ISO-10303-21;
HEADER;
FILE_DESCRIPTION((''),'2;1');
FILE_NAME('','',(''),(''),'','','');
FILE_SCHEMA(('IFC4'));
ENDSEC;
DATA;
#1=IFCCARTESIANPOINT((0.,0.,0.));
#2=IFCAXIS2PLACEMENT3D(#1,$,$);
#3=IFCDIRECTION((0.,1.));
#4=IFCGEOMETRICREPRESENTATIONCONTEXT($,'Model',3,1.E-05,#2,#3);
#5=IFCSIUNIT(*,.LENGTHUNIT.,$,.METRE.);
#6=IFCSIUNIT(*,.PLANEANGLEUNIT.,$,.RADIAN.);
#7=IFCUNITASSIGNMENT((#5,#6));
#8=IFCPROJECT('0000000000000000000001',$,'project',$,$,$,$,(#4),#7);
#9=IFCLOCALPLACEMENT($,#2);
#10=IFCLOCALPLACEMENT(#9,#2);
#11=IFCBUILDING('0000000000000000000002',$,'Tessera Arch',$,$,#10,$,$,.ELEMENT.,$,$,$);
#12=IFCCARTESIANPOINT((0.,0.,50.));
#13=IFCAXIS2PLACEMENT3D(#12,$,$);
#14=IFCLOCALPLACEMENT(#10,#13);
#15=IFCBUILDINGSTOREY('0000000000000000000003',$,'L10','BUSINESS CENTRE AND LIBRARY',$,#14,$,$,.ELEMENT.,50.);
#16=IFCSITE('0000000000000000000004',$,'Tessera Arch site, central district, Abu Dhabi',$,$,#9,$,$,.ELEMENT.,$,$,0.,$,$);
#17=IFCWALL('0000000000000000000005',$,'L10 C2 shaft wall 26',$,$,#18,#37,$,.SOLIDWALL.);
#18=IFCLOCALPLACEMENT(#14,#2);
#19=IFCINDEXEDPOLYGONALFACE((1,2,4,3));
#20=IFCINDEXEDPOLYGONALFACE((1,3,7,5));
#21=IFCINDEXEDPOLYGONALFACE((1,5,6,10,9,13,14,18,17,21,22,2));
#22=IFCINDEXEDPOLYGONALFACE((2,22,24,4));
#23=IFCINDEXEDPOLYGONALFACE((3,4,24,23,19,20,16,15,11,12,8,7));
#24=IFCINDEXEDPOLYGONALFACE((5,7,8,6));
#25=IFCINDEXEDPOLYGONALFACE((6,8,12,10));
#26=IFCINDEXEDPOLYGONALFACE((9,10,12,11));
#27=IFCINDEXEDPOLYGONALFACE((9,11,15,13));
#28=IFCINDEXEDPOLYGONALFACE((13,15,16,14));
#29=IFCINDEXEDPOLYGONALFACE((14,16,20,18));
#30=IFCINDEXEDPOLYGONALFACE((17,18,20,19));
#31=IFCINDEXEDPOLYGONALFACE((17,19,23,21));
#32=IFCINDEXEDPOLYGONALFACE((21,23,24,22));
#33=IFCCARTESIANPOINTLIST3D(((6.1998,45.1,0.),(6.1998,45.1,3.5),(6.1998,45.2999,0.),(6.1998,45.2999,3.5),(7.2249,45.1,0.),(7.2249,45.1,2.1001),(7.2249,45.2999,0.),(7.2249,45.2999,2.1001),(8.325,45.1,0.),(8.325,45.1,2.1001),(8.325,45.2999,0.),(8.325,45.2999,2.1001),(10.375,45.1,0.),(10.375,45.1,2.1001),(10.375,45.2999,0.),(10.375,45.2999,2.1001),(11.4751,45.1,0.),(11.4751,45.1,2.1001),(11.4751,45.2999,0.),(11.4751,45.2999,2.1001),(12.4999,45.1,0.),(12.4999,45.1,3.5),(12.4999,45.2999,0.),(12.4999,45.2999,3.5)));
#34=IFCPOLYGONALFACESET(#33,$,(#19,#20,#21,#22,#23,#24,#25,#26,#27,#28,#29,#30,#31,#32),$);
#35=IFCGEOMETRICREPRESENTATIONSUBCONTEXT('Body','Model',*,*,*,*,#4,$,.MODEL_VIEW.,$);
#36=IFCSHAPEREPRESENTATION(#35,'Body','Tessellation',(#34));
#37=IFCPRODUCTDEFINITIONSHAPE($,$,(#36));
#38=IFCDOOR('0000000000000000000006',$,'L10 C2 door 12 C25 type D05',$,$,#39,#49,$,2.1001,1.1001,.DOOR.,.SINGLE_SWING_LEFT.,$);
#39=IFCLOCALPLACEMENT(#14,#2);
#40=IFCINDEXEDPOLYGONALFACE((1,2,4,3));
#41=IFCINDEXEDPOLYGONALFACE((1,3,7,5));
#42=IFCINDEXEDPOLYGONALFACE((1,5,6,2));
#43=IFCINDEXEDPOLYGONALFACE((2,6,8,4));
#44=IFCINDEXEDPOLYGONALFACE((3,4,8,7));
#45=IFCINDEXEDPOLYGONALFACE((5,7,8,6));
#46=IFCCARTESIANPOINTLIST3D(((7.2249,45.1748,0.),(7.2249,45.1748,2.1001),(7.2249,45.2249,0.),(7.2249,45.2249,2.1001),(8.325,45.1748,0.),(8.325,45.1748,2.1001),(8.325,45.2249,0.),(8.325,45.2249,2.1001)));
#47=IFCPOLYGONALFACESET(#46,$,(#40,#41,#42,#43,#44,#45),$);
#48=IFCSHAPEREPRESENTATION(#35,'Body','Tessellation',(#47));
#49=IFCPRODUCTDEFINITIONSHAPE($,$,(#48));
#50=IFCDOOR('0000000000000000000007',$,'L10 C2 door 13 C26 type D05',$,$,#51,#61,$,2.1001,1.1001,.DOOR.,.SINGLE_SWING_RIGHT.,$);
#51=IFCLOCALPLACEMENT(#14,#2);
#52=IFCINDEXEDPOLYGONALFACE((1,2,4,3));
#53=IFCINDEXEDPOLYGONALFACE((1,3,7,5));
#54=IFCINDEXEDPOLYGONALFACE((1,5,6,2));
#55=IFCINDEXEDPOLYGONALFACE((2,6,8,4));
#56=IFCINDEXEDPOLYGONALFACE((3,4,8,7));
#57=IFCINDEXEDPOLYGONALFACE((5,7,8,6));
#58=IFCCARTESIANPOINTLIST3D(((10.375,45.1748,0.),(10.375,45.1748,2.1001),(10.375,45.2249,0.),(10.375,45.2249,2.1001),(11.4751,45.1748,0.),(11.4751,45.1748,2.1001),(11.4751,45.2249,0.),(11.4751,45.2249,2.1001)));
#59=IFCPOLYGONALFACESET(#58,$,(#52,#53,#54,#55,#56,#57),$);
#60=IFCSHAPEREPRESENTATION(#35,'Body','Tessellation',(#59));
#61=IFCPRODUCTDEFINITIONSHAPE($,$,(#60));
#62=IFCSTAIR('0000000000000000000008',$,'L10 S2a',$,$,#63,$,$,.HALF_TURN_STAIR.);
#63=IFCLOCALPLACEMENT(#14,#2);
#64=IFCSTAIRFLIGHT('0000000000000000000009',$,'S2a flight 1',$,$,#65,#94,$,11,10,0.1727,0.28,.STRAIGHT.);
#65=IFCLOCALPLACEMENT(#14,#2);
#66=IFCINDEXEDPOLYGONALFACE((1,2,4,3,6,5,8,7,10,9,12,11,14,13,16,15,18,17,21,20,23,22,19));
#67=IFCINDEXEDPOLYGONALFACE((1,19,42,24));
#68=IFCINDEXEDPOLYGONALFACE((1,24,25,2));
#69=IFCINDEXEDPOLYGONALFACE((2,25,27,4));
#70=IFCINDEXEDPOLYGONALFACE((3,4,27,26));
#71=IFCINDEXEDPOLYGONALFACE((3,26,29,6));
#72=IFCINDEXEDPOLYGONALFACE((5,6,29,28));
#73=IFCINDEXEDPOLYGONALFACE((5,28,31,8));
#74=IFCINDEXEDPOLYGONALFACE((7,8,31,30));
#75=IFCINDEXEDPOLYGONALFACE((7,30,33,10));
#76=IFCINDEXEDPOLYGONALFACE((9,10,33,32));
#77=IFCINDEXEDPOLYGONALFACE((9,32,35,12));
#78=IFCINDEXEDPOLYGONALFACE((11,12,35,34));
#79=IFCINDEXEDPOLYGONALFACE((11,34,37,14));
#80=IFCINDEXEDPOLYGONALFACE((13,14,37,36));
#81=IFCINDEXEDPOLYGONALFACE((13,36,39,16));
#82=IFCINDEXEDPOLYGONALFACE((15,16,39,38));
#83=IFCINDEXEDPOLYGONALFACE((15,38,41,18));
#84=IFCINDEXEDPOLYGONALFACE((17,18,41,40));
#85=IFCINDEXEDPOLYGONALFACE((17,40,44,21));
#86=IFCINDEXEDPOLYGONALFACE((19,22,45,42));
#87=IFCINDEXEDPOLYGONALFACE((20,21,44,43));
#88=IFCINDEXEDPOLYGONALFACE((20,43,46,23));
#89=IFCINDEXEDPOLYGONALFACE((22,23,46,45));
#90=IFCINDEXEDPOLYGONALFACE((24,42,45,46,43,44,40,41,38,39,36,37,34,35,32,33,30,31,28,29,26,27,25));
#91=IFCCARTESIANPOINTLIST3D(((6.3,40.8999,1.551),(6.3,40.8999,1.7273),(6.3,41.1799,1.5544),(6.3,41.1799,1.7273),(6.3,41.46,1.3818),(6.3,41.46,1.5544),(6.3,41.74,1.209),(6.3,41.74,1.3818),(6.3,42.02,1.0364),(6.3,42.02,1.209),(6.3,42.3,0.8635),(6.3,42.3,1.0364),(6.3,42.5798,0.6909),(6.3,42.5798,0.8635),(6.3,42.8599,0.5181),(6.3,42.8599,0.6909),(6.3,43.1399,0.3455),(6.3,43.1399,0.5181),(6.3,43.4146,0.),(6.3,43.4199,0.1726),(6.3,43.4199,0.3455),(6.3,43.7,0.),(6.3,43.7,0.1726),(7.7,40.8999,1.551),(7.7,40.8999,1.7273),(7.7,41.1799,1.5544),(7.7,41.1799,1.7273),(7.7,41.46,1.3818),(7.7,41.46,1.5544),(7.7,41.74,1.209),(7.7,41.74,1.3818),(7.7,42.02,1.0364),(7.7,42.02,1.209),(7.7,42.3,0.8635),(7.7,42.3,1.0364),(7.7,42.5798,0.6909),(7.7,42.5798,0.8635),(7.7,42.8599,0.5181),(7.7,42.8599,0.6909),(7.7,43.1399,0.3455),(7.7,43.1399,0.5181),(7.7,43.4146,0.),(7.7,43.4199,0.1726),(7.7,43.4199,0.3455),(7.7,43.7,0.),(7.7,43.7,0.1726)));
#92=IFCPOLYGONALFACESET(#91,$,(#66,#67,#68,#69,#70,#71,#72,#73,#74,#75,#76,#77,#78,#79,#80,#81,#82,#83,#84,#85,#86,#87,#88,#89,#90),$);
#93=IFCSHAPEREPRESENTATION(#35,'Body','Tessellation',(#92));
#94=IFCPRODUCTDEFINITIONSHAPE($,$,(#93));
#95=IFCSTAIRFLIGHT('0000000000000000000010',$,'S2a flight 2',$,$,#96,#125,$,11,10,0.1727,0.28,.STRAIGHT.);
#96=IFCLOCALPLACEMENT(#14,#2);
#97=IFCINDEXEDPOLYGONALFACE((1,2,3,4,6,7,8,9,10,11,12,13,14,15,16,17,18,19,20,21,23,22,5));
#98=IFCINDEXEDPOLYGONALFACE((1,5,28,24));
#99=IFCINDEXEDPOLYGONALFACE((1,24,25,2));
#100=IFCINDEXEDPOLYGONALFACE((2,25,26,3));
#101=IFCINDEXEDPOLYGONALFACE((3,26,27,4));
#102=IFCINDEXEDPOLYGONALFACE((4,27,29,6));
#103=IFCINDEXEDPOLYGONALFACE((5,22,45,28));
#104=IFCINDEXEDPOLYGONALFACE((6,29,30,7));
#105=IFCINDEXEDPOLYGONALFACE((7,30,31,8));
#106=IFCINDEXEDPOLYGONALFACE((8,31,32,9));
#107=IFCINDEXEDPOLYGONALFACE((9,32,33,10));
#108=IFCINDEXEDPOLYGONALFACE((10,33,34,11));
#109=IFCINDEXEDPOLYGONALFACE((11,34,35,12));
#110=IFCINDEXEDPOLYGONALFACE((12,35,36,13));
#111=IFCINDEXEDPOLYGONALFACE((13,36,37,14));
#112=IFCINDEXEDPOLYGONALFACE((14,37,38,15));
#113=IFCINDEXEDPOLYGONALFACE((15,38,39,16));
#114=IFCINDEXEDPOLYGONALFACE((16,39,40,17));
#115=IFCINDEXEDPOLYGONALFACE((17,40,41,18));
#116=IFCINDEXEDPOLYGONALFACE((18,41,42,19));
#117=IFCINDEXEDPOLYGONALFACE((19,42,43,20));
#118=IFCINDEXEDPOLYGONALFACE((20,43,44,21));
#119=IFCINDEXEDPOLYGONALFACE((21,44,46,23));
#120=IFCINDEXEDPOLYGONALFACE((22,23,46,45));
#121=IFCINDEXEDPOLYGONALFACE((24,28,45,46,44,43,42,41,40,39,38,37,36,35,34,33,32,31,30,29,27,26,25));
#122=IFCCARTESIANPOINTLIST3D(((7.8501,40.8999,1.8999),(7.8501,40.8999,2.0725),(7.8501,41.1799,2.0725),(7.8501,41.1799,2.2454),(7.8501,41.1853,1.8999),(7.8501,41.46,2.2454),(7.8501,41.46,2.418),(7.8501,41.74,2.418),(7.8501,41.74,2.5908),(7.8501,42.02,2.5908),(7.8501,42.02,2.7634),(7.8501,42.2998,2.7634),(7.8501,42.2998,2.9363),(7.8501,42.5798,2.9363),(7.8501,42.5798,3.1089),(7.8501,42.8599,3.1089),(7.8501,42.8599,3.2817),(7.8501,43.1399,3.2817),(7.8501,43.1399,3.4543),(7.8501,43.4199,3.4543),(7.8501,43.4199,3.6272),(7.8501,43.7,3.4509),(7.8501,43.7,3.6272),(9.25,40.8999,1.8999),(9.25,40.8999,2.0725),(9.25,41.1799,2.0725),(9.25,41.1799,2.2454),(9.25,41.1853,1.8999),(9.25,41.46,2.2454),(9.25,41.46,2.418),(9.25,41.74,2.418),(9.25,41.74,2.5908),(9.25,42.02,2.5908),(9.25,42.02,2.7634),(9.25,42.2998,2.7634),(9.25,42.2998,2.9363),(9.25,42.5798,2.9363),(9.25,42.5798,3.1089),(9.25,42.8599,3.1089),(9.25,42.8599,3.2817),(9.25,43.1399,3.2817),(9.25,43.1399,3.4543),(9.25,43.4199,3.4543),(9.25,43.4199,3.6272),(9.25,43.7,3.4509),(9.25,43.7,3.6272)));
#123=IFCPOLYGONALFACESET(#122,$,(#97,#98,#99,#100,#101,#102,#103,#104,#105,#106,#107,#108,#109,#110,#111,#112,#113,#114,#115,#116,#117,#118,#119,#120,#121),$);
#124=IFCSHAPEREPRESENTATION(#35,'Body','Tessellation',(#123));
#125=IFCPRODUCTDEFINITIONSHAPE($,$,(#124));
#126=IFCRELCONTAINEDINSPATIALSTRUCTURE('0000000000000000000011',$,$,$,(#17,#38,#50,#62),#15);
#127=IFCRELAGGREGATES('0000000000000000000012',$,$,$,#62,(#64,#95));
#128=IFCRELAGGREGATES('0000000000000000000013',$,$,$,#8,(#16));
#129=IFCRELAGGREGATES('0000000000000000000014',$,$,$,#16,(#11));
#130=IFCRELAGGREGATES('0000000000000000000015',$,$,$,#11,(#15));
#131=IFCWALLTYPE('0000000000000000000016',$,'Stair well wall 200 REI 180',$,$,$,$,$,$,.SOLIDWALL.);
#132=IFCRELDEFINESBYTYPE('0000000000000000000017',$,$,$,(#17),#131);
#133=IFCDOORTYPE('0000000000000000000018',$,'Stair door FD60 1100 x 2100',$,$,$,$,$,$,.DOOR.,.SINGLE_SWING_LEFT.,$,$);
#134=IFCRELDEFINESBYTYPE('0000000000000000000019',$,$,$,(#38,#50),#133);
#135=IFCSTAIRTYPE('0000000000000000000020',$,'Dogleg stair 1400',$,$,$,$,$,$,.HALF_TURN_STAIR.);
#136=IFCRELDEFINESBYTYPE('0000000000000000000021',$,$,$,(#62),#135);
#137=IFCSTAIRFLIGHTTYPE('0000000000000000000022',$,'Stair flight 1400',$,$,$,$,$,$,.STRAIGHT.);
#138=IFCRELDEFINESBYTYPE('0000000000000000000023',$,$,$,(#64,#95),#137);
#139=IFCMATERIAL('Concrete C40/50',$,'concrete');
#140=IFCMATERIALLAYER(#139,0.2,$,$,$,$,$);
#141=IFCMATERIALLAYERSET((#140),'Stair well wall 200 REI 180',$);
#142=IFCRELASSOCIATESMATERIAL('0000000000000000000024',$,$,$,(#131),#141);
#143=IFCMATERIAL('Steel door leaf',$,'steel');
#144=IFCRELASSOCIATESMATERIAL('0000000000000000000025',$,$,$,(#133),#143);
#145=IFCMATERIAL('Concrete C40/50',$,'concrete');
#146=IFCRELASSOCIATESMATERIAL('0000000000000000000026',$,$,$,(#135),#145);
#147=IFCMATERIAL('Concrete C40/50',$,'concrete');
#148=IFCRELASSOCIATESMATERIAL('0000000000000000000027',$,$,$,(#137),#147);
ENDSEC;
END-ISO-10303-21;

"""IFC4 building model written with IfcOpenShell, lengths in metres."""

from ifc_helpers import new_model, si_unit, direction, frame, frame_2d, origin, place, context, subcontext, project, spatial, polyline, rectangle, outline, extrude, material, layer, layer_set, type_object, element, fill, aggregate, save


model = new_model("IFC4")

# Units and contexts
model_context = context("Model", 3, precision=1e-05, world=origin(), true_north=direction((0.0, 1.0)))
body_context = subcontext(model_context, "Body", "Model", "MODEL_VIEW")
ifc_project = project(units=[si_unit("LENGTHUNIT", "METRE"), si_unit("PLANEANGLEUNIT", "RADIAN")], contexts=[model_context])

# Site, building, storey
site_placement = place(None, origin())
site = spatial("IfcSite", under=ifc_project, at=site_placement, Name="Tessera Arch site, central district, Abu Dhabi", CompositionType="ELEMENT", RefElevation=0.0)
building_placement = place(site_placement, origin())
building = spatial("IfcBuilding", under=site, at=building_placement, Name="Tessera Arch", CompositionType="ELEMENT")
storey_placement = place(building_placement, frame((0.0, 0.0, 50.0)))
storey = spatial("IfcBuildingStorey", under=building, at=storey_placement, Name="L10", Description="BUSINESS CENTRE AND LIBRARY", CompositionType="ELEMENT", Elevation=50.0)

# Wall, openings, doors
ifc_material_1 = material(Name="Concrete C40/50", Category="concrete")
ifc_layer_1 = layer(ifc_material_1, 0.2)
ifc_layer_set_1 = layer_set([ifc_layer_1], Name="Stair well wall 200 REI 180")
wall_type_1 = type_object("IfcWallType", Name="Stair well wall 200 REI 180", PredefinedType="SOLIDWALL", material=ifc_layer_set_1)
wall_1_placement = place(storey_placement, frame((6.2, 45.2, 0.0), z_axis=(0.0, 0.0, 1.0), x_axis=(1.0, 0.0, 0.0)))
wall_1 = element("IfcWall", 1, at=wall_1_placement, inside=storey, type_object=wall_type_1, Name="L10 C2 shaft wall 26", PredefinedType="SOLIDWALL", context=body_context, shape_type="SweptSolid", body=[
    extrude(rectangle(XDim=6.3, YDim=0.2, at=frame_2d((3.1499, 0.0))), origin(), (0.0, 0.0, 1.0), 3.5),
])
opening_1_placement = place(wall_1_placement, frame((1.0249, 0.0, 0.0)))
opening_1 = element("IfcOpeningElement", 2, at=opening_1_placement, cuts=wall_1, PredefinedType="OPENING", context=body_context, shape_type="SweptSolid", body=[
    extrude(rectangle(XDim=1.1001, YDim=2.1001, at=frame_2d((0.55, 1.05))), frame((0.0, 0.1099, 0.0), z_axis=(0.0, -1.0, 0.0), x_axis=(1.0, 0.0, 0.0)), (0.0, 0.0, 1.0), 0.22),
])
opening_2_placement = place(wall_1_placement, frame((4.175, 0.0, 0.0)))
opening_2 = element("IfcOpeningElement", 3, at=opening_2_placement, cuts=wall_1, PredefinedType="OPENING", context=body_context, shape_type="SweptSolid", body=[
    extrude(rectangle(XDim=1.1001, YDim=2.1001, at=frame_2d((0.55, 1.05))), frame((0.0, 0.1099, 0.0), z_axis=(0.0, -1.0, 0.0), x_axis=(1.0, 0.0, 0.0)), (0.0, 0.0, 1.0), 0.22),
])
ifc_material_2 = material(Name="Steel door leaf", Category="steel")
door_type_1 = type_object("IfcDoorType", Name="Stair door FD60 1100 x 2100", OperationType="SINGLE_SWING_LEFT", PredefinedType="DOOR", material=ifc_material_2)
door_1_placement = place(opening_1_placement, origin())
door_1 = element("IfcDoor", 4, at=door_1_placement, inside=storey, type_object=door_type_1, Name="L10 C2 door 12 C25 type D05", OperationType="SINGLE_SWING_LEFT", OverallHeight=2.1001, OverallWidth=1.1001, PredefinedType="DOOR", context=body_context, shape_type="SweptSolid", body=[
    extrude(rectangle(XDim=1.1001, YDim=2.1001, at=frame_2d((0.55, 1.05))), frame((0.0, 0.0249, 0.0), z_axis=(0.0, -1.0, 0.0), x_axis=(1.0, 0.0, 0.0)), (0.0, 0.0, 1.0), 0.05),
])
fill(opening_1, door_1)
door_2_placement = place(opening_2_placement, origin())
door_2 = element("IfcDoor", 5, at=door_2_placement, inside=storey, type_object=door_type_1, Name="L10 C2 door 13 C26 type D05", OperationType="SINGLE_SWING_RIGHT", OverallHeight=2.1001, OverallWidth=1.1001, PredefinedType="DOOR", context=body_context, shape_type="SweptSolid", body=[
    extrude(rectangle(XDim=1.1001, YDim=2.1001, at=frame_2d((0.55, 1.05))), frame((0.0, 0.0249, 0.0), z_axis=(0.0, -1.0, 0.0), x_axis=(1.0, 0.0, 0.0)), (0.0, 0.0, 1.0), 0.05),
])
fill(opening_2, door_2)

# Stair, stair flights
ifc_material_3 = material(Name="Concrete C40/50", Category="concrete")
stair_type = type_object("IfcStairType", Name="Dogleg stair 1400", PredefinedType="HALF_TURN_STAIR", material=ifc_material_3)
stair_placement = place(storey_placement, origin())
stair = element("IfcStair", 6, at=stair_placement, inside=storey, type_object=stair_type, Name="L10 S2a", PredefinedType="HALF_TURN_STAIR")
ifc_material_4 = material(Name="Concrete C40/50", Category="concrete")
stair_flight_type = type_object("IfcStairFlightType", Name="Stair flight 1400", PredefinedType="STRAIGHT", material=ifc_material_4)
stair_flight_1_placement = place(storey_placement, frame((7.0, 43.7, 0.0), z_axis=(0.0, 0.0, 1.0), x_axis=(0.0, -1.0, 0.0)))
stair_flight_1 = element("IfcStairFlight", 7, at=stair_flight_1_placement, type_object=stair_flight_type, Name="S2a flight 1", NumberOfRisers=11, NumberOfTreads=10, PredefinedType="STRAIGHT", RiserHeight=0.1727, TreadLength=0.28, context=body_context, shape_type="SweptSolid", body=[
    extrude(outline(polyline([(0.0, 0.0), (0.0, 0.1726), (0.28, 0.1726), (0.28, 0.3455), (0.5601, 0.3455), (0.5601, 0.5181), (0.8401, 0.5181), (0.8401, 0.6909), (1.1201, 0.6909), (1.1201, 0.8635), (1.3999, 0.8635), (1.3999, 1.0364), (1.6799, 1.0364), (1.6799, 1.209), (1.96, 1.209), (1.96, 1.3818), (2.24, 1.3818), (2.24, 1.5544), (2.52, 1.5544), (2.52, 1.7273), (2.8, 1.7273), (2.8, 1.8999), (2.8, 1.551), (0.2854, 0.0), (0.0, 0.0)])), frame((0.0, 0.7, 0.0), z_axis=(0.0, -1.0, 0.0), x_axis=(1.0, 0.0, 0.0)), (0.0, 0.0, 1.0), 1.3999),
])
stair_flight_2_placement = place(storey_placement, frame((8.55, 40.8999, 1.8999), z_axis=(0.0, 0.0, 1.0), x_axis=(0.0, 1.0, 0.0)))
stair_flight_2 = element("IfcStairFlight", 8, at=stair_flight_2_placement, type_object=stair_flight_type, Name="S2a flight 2", NumberOfRisers=11, NumberOfTreads=10, PredefinedType="STRAIGHT", RiserHeight=0.1727, TreadLength=0.28, context=body_context, shape_type="SweptSolid", body=[
    extrude(outline(polyline([(0.0, 0.0), (0.0, 0.1726), (0.28, 0.1726), (0.28, 0.3455), (0.5601, 0.3455), (0.5601, 0.5181), (0.8401, 0.5181), (0.8401, 0.6909), (1.1201, 0.6909), (1.1201, 0.8635), (1.3999, 0.8635), (1.3999, 1.0364), (1.6799, 1.0364), (1.6799, 1.209), (1.96, 1.209), (1.96, 1.3818), (2.24, 1.3818), (2.24, 1.5544), (2.52, 1.5544), (2.52, 1.7273), (2.8, 1.7273), (2.8, 1.8999), (2.8, 1.551), (0.2854, 0.0), (0.0, 0.0)])), frame((0.0, 0.7, 0.0), z_axis=(0.0, -1.0, 0.0), x_axis=(1.0, 0.0, 0.0)), (0.0, 0.0, 1.0), 1.3999),
])
aggregate(stair, [stair_flight_1, stair_flight_2])

save(model, "model.ifc")
